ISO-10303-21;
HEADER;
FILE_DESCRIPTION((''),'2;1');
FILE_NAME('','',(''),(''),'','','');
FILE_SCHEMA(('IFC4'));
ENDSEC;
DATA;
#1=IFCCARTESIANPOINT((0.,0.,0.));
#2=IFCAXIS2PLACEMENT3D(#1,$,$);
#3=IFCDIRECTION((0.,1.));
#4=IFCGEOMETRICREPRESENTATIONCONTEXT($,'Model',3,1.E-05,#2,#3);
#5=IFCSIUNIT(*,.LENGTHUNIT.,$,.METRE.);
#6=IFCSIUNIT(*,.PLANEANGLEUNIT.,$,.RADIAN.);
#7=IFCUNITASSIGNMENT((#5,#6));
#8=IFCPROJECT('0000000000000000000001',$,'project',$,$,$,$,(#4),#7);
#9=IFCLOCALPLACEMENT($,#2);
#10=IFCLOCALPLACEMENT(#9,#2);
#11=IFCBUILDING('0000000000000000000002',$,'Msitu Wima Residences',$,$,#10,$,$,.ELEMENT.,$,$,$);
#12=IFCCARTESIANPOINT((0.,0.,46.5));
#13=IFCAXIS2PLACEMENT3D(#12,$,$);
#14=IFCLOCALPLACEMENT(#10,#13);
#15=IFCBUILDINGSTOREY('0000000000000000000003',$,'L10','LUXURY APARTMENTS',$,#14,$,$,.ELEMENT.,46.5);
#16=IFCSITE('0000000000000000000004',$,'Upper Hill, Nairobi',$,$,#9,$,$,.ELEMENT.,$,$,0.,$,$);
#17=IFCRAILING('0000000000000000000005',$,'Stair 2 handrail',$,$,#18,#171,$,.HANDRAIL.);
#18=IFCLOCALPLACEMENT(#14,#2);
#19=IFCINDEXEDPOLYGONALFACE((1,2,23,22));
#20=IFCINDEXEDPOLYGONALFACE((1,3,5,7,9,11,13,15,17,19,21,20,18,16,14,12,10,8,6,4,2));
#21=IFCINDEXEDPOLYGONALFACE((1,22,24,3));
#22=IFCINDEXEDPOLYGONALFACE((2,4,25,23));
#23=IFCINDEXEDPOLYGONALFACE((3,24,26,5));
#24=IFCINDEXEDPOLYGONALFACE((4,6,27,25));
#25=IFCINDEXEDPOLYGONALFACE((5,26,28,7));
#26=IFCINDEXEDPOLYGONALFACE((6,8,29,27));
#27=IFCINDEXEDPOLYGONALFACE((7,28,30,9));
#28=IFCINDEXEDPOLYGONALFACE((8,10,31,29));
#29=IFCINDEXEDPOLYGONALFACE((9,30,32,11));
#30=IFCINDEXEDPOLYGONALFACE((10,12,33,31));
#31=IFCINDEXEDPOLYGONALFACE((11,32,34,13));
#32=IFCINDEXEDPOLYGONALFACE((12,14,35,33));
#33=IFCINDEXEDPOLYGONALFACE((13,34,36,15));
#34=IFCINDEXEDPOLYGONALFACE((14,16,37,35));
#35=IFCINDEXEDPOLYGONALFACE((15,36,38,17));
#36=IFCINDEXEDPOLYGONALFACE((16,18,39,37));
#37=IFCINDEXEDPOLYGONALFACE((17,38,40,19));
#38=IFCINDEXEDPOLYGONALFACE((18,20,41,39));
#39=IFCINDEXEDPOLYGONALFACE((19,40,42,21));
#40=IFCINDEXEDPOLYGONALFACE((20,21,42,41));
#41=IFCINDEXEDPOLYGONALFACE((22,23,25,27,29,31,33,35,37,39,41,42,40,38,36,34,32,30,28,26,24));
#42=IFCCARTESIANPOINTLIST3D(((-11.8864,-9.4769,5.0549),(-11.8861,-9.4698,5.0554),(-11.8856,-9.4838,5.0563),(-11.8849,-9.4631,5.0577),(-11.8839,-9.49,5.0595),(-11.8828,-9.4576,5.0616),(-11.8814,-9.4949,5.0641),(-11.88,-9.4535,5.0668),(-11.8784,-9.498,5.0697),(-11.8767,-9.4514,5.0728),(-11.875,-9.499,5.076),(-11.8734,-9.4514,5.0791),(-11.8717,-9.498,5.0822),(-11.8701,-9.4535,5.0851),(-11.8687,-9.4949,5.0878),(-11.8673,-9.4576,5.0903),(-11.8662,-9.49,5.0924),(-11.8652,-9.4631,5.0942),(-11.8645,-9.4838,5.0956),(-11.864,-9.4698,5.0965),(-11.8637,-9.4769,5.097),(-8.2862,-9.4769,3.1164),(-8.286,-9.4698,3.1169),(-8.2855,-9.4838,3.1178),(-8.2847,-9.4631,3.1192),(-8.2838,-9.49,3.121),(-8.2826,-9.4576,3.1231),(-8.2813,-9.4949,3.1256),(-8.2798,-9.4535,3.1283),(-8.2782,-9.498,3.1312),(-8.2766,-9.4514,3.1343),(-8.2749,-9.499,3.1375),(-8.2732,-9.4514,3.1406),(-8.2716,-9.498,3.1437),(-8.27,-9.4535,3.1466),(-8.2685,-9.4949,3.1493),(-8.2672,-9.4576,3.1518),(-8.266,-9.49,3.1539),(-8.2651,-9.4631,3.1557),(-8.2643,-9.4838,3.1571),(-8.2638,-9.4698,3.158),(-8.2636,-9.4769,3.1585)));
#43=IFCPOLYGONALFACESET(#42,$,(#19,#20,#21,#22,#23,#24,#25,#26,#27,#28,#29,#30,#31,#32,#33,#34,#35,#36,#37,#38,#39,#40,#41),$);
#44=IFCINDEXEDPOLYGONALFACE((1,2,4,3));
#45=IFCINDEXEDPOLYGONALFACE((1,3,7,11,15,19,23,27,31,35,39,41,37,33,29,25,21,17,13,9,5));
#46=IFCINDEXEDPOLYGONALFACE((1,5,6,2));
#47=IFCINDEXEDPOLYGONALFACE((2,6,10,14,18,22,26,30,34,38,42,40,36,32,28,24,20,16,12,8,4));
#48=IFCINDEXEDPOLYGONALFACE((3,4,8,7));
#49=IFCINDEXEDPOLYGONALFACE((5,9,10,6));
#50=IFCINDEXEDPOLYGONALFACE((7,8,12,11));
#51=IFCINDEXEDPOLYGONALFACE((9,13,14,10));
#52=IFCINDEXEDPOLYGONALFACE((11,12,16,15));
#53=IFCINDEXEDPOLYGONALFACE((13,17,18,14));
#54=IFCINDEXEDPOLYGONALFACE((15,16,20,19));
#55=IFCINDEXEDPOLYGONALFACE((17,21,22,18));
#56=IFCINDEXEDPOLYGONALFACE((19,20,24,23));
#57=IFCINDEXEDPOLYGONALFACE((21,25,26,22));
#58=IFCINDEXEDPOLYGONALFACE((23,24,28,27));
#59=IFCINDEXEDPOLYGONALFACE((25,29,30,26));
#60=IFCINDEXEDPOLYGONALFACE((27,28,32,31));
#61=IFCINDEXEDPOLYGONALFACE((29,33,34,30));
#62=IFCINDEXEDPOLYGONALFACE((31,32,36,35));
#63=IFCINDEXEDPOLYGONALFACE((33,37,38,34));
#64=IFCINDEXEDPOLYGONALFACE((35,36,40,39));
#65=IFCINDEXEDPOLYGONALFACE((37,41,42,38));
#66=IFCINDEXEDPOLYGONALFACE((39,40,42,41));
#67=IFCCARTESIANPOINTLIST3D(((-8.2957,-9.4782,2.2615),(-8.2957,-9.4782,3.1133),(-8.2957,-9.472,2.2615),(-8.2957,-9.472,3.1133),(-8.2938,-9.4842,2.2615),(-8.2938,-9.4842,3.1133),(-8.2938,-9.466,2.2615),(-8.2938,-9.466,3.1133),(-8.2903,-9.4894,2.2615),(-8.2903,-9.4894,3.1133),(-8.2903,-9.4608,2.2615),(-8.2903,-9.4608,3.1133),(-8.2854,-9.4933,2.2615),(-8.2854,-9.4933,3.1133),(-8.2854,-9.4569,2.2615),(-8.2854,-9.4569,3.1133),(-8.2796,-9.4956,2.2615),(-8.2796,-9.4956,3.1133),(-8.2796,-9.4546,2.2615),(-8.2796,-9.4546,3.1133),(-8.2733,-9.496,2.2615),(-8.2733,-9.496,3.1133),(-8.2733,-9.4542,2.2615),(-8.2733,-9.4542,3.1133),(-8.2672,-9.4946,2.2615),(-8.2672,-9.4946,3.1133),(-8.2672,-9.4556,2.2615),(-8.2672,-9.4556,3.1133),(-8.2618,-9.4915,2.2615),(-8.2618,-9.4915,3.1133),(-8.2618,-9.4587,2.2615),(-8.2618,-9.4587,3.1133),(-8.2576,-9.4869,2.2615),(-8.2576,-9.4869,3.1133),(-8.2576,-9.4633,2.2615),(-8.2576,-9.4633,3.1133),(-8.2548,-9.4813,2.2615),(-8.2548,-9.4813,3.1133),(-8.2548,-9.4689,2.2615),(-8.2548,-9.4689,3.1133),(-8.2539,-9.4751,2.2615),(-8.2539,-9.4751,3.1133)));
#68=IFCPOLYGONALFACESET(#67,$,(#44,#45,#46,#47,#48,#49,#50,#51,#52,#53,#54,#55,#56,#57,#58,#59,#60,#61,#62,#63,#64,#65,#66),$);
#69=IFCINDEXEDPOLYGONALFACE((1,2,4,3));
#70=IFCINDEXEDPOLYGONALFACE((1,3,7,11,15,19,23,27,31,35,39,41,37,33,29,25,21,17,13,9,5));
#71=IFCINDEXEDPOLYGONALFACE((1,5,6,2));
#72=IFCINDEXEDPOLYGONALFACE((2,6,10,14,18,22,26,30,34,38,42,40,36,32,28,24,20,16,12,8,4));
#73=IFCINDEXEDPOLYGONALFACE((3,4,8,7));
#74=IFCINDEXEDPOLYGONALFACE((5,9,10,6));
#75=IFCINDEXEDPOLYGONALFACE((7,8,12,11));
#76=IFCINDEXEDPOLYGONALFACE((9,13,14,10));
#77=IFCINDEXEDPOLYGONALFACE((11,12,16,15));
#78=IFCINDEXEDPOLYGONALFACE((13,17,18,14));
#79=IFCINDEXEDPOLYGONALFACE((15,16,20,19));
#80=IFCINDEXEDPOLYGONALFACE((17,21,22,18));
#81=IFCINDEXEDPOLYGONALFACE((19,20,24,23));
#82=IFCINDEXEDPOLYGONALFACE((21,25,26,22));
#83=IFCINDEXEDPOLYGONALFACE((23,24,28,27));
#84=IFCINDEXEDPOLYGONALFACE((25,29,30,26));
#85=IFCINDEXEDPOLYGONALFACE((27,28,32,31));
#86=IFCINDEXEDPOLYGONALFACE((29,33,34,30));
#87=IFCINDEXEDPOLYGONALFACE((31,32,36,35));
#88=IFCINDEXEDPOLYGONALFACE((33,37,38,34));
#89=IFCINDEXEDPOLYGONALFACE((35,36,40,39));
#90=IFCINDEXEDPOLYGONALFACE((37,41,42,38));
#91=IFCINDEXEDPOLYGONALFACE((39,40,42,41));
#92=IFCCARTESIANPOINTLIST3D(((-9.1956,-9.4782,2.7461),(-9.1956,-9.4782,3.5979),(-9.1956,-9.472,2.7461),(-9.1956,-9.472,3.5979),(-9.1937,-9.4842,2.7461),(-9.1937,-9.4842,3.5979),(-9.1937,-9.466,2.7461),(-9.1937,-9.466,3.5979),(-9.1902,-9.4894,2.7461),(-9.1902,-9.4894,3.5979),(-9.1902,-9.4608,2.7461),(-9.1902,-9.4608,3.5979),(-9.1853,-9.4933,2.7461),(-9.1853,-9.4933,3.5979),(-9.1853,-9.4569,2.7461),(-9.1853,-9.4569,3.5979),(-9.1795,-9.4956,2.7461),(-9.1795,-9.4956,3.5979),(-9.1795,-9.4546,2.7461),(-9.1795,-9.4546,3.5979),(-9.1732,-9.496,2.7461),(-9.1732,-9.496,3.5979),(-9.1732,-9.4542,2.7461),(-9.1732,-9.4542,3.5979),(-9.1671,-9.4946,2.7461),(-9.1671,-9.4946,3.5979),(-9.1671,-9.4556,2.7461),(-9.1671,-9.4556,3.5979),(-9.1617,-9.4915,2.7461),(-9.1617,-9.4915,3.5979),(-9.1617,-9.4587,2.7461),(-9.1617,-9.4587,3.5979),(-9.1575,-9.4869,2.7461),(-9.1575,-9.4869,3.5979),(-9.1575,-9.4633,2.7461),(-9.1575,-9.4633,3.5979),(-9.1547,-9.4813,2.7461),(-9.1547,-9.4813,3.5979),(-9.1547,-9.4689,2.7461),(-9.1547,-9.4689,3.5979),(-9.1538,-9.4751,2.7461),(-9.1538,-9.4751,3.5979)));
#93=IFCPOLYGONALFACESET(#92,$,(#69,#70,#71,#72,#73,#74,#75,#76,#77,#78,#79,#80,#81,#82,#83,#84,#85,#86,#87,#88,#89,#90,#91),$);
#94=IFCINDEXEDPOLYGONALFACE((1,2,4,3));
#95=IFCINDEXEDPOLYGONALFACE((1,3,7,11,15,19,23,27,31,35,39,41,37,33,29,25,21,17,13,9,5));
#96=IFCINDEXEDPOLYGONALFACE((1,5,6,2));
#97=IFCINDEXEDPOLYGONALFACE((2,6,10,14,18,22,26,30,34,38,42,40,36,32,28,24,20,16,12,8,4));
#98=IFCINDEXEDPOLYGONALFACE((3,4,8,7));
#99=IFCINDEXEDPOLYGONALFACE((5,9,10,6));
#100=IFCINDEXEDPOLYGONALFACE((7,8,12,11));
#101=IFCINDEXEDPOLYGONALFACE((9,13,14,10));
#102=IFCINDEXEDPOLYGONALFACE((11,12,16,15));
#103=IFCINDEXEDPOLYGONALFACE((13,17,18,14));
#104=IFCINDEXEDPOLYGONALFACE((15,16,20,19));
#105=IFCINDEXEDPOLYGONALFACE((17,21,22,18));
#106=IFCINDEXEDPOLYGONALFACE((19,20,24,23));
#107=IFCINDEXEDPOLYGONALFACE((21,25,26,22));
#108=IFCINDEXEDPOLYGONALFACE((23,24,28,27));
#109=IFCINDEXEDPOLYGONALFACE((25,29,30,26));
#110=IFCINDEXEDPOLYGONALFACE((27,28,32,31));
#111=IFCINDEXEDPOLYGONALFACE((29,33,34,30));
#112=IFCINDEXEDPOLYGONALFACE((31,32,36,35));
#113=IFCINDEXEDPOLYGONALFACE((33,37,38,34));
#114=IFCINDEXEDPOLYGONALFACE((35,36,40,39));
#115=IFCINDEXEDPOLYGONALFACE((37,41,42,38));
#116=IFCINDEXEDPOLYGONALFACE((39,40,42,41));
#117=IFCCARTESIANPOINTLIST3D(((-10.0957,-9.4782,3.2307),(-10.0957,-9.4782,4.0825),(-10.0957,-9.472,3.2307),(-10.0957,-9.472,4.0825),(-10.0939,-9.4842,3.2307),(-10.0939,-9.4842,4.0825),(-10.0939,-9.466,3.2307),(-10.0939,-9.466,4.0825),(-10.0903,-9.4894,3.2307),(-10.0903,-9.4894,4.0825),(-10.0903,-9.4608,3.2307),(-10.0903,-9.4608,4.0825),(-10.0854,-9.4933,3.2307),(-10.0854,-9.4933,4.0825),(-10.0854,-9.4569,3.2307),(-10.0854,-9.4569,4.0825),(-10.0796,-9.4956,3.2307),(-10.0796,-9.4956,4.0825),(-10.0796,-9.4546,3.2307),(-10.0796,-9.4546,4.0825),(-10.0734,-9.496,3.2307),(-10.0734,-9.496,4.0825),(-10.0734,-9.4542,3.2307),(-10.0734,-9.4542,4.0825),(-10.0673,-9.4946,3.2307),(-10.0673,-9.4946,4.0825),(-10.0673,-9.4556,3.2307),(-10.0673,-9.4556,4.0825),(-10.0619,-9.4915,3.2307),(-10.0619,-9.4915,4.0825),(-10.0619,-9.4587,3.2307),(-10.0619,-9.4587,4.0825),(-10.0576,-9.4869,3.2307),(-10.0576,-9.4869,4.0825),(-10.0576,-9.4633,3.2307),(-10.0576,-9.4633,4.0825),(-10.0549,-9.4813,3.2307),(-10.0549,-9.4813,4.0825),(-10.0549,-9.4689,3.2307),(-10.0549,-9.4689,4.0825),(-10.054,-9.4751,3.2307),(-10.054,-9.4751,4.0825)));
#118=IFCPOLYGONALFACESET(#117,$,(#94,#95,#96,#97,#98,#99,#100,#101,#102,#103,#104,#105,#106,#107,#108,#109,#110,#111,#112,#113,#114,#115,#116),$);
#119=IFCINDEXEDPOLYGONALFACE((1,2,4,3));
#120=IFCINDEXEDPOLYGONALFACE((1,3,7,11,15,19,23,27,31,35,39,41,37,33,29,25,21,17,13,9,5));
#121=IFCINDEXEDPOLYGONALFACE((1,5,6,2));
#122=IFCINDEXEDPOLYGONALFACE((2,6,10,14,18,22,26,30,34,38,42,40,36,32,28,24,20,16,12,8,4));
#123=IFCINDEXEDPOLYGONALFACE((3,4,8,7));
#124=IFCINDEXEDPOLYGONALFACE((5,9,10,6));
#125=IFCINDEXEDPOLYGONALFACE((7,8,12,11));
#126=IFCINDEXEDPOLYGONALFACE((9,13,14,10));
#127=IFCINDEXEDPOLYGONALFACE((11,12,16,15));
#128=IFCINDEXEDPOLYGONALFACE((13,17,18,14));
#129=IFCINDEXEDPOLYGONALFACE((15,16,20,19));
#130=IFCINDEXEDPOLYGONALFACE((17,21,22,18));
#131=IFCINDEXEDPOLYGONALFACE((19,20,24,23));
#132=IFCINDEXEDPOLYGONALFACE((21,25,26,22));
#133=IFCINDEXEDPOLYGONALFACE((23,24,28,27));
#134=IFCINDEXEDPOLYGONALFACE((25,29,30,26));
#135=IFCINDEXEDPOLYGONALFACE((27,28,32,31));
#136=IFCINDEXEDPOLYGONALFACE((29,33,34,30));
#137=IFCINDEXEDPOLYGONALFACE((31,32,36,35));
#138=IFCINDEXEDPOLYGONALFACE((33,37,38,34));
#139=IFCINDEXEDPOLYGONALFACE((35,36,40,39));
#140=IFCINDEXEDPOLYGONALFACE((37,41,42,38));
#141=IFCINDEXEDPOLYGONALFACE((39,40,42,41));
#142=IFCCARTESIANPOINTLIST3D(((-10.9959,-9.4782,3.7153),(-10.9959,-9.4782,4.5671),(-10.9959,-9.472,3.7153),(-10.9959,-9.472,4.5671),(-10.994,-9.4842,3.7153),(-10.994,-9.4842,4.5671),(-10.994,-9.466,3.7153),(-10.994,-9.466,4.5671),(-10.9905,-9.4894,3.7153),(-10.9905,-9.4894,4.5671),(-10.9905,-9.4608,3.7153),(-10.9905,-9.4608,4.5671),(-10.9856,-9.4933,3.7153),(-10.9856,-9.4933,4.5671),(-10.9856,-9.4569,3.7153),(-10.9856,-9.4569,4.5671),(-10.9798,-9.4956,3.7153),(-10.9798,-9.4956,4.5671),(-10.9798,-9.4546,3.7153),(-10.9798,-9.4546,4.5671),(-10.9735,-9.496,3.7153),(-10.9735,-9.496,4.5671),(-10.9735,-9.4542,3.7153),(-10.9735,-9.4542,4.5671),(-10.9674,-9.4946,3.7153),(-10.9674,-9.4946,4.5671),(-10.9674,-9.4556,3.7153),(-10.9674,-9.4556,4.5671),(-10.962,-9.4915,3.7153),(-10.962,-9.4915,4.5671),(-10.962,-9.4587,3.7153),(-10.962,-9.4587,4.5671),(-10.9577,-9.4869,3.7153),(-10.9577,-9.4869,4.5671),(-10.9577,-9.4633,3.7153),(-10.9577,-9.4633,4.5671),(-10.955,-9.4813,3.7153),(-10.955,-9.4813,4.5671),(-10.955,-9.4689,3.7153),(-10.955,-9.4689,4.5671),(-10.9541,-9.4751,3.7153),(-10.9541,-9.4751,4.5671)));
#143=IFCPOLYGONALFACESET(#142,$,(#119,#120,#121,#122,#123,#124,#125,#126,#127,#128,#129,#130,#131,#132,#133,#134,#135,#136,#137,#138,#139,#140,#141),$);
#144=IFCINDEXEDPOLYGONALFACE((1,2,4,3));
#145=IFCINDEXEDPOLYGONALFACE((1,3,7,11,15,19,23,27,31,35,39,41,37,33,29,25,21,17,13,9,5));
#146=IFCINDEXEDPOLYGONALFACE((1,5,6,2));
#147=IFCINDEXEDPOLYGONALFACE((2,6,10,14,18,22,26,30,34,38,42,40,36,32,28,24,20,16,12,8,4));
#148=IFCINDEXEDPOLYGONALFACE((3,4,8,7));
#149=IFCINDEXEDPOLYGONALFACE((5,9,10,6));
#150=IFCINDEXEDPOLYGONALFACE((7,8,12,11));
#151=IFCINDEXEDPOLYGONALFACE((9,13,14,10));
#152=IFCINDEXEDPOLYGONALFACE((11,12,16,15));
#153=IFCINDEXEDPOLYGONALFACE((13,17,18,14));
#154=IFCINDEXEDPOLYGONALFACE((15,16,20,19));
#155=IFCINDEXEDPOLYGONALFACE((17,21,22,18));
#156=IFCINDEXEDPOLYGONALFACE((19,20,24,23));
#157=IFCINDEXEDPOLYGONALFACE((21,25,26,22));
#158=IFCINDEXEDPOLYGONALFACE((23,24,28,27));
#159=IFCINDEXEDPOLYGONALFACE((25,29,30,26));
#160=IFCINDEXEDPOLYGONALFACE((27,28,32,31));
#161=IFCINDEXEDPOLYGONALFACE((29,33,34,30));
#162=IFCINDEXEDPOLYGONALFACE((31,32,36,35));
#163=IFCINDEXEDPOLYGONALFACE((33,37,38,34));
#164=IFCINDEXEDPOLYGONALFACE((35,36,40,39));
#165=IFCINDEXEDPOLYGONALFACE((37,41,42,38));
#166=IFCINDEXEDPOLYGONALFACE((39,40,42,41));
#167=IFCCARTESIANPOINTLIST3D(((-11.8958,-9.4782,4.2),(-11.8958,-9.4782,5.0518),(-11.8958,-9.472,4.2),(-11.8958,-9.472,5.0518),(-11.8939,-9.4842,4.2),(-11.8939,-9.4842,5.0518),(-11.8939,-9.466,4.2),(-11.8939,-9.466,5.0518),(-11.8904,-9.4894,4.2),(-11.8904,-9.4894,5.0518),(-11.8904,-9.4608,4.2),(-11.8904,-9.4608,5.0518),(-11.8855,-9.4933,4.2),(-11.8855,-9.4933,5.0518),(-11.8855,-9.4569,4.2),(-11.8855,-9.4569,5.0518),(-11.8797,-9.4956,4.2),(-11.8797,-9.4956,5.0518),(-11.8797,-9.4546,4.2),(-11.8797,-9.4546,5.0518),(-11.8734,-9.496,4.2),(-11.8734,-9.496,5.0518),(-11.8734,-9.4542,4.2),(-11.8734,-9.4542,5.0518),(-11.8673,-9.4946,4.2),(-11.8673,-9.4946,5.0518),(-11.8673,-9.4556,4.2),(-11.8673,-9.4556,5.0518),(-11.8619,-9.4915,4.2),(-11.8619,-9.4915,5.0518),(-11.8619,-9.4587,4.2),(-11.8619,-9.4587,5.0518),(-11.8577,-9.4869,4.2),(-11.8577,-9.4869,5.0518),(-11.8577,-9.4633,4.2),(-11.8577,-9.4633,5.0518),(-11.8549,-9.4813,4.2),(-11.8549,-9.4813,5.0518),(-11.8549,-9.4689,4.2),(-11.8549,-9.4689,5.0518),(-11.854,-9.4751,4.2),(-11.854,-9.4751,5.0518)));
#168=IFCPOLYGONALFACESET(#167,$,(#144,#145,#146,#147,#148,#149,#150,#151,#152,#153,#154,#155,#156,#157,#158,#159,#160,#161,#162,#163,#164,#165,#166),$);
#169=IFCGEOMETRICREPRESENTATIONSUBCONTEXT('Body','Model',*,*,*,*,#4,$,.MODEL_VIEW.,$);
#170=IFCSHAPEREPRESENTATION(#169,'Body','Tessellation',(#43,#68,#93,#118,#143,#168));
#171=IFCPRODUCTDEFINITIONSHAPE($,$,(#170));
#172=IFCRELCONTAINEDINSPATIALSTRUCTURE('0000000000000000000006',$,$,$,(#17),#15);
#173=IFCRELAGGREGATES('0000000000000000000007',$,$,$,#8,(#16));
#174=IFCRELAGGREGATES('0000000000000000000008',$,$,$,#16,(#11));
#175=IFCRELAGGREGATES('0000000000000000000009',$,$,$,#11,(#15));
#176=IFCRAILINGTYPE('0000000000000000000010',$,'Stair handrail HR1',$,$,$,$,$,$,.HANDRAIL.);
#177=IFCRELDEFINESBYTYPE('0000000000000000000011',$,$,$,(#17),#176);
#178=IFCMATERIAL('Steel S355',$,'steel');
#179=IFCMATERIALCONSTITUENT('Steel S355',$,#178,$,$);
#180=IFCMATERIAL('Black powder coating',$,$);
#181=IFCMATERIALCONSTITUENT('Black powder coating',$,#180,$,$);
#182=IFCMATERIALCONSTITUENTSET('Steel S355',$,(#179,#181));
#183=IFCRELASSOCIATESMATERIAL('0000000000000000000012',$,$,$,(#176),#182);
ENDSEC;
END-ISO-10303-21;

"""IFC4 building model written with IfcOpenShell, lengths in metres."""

from ifc_helpers import new_model, si_unit, direction, frame, origin, origin_2d, place, context, subcontext, project, spatial, circle, extrude, material, constituent, constituent_set, type_object, element, save


model = new_model("IFC4")

# Units and contexts
model_context = context("Model", 3, precision=1e-05, world=origin(), true_north=direction((0.0, 1.0)))
body_context = subcontext(model_context, "Body", "Model", "MODEL_VIEW")
ifc_project = project(units=[si_unit("LENGTHUNIT", "METRE"), si_unit("PLANEANGLEUNIT", "RADIAN")], contexts=[model_context])

# Site, building, storey
site_placement = place(None, origin())
site = spatial("IfcSite", under=ifc_project, at=site_placement, Name="Upper Hill, Nairobi", CompositionType="ELEMENT", RefElevation=0.0)
building_placement = place(site_placement, origin())
building = spatial("IfcBuilding", under=site, at=building_placement, Name="Msitu Wima Residences", CompositionType="ELEMENT")
storey_placement = place(building_placement, frame((0.0, 0.0, 46.5)))
storey = spatial("IfcBuildingStorey", under=building, at=storey_placement, Name="L10", Description="LUXURY APARTMENTS", CompositionType="ELEMENT", Elevation=46.5)

# Railing
ifc_material_1 = material(Name="Steel S355", Category="steel")
ifc_constituent_1 = constituent(ifc_material_1, Name="Steel S355")
ifc_material_2 = material(Name="Black powder coating")
ifc_constituent_2 = constituent(ifc_material_2, Name="Black powder coating")
ifc_constituent_set = constituent_set(constituents=[ifc_constituent_1, ifc_constituent_2], Name="Steel S355")
railing_type = type_object("IfcRailingType", Name="Stair handrail HR1", PredefinedType="HANDRAIL", material=ifc_constituent_set)
for number, where, name in (
    (1, (-8.2749, -9.4751, 2.2615), "Stair 2 handrail"),
):
    element("IfcRailing", number, at=place(storey_placement, frame(where)), inside=storey, type_object=railing_type, Name=name, PredefinedType="HANDRAIL", context=body_context, shape_type="SweptSolid", body=[
        extrude(circle(Radius=0.0239, at=origin_2d()), frame((0.0, 0.0, 0.876), z_axis=(-0.880475, 0.0, 0.474093), x_axis=(0.0, -1.0, 0.0)), (0.0, 0.0, 1.0), 4.0889),
        extrude(circle(Radius=0.021, at=origin_2d()), origin(), (0.0, 0.0, 1.0), 0.8518),
        extrude(circle(Radius=0.021, at=origin_2d()), frame((-0.8999, 0.0, 0.4846)), (0.0, 0.0, 1.0), 0.8518),
        extrude(circle(Radius=0.021, at=origin_2d()), frame((-1.8, 0.0, 0.9692)), (0.0, 0.0, 1.0), 0.8518),
        extrude(circle(Radius=0.021, at=origin_2d()), frame((-2.7002, 0.0, 1.4539)), (0.0, 0.0, 1.0), 0.8518),
        extrude(circle(Radius=0.021, at=origin_2d()), frame((-3.6001, 0.0, 1.9385)), (0.0, 0.0, 1.0), 0.8518),
    ])

save(model, "model.ifc")
